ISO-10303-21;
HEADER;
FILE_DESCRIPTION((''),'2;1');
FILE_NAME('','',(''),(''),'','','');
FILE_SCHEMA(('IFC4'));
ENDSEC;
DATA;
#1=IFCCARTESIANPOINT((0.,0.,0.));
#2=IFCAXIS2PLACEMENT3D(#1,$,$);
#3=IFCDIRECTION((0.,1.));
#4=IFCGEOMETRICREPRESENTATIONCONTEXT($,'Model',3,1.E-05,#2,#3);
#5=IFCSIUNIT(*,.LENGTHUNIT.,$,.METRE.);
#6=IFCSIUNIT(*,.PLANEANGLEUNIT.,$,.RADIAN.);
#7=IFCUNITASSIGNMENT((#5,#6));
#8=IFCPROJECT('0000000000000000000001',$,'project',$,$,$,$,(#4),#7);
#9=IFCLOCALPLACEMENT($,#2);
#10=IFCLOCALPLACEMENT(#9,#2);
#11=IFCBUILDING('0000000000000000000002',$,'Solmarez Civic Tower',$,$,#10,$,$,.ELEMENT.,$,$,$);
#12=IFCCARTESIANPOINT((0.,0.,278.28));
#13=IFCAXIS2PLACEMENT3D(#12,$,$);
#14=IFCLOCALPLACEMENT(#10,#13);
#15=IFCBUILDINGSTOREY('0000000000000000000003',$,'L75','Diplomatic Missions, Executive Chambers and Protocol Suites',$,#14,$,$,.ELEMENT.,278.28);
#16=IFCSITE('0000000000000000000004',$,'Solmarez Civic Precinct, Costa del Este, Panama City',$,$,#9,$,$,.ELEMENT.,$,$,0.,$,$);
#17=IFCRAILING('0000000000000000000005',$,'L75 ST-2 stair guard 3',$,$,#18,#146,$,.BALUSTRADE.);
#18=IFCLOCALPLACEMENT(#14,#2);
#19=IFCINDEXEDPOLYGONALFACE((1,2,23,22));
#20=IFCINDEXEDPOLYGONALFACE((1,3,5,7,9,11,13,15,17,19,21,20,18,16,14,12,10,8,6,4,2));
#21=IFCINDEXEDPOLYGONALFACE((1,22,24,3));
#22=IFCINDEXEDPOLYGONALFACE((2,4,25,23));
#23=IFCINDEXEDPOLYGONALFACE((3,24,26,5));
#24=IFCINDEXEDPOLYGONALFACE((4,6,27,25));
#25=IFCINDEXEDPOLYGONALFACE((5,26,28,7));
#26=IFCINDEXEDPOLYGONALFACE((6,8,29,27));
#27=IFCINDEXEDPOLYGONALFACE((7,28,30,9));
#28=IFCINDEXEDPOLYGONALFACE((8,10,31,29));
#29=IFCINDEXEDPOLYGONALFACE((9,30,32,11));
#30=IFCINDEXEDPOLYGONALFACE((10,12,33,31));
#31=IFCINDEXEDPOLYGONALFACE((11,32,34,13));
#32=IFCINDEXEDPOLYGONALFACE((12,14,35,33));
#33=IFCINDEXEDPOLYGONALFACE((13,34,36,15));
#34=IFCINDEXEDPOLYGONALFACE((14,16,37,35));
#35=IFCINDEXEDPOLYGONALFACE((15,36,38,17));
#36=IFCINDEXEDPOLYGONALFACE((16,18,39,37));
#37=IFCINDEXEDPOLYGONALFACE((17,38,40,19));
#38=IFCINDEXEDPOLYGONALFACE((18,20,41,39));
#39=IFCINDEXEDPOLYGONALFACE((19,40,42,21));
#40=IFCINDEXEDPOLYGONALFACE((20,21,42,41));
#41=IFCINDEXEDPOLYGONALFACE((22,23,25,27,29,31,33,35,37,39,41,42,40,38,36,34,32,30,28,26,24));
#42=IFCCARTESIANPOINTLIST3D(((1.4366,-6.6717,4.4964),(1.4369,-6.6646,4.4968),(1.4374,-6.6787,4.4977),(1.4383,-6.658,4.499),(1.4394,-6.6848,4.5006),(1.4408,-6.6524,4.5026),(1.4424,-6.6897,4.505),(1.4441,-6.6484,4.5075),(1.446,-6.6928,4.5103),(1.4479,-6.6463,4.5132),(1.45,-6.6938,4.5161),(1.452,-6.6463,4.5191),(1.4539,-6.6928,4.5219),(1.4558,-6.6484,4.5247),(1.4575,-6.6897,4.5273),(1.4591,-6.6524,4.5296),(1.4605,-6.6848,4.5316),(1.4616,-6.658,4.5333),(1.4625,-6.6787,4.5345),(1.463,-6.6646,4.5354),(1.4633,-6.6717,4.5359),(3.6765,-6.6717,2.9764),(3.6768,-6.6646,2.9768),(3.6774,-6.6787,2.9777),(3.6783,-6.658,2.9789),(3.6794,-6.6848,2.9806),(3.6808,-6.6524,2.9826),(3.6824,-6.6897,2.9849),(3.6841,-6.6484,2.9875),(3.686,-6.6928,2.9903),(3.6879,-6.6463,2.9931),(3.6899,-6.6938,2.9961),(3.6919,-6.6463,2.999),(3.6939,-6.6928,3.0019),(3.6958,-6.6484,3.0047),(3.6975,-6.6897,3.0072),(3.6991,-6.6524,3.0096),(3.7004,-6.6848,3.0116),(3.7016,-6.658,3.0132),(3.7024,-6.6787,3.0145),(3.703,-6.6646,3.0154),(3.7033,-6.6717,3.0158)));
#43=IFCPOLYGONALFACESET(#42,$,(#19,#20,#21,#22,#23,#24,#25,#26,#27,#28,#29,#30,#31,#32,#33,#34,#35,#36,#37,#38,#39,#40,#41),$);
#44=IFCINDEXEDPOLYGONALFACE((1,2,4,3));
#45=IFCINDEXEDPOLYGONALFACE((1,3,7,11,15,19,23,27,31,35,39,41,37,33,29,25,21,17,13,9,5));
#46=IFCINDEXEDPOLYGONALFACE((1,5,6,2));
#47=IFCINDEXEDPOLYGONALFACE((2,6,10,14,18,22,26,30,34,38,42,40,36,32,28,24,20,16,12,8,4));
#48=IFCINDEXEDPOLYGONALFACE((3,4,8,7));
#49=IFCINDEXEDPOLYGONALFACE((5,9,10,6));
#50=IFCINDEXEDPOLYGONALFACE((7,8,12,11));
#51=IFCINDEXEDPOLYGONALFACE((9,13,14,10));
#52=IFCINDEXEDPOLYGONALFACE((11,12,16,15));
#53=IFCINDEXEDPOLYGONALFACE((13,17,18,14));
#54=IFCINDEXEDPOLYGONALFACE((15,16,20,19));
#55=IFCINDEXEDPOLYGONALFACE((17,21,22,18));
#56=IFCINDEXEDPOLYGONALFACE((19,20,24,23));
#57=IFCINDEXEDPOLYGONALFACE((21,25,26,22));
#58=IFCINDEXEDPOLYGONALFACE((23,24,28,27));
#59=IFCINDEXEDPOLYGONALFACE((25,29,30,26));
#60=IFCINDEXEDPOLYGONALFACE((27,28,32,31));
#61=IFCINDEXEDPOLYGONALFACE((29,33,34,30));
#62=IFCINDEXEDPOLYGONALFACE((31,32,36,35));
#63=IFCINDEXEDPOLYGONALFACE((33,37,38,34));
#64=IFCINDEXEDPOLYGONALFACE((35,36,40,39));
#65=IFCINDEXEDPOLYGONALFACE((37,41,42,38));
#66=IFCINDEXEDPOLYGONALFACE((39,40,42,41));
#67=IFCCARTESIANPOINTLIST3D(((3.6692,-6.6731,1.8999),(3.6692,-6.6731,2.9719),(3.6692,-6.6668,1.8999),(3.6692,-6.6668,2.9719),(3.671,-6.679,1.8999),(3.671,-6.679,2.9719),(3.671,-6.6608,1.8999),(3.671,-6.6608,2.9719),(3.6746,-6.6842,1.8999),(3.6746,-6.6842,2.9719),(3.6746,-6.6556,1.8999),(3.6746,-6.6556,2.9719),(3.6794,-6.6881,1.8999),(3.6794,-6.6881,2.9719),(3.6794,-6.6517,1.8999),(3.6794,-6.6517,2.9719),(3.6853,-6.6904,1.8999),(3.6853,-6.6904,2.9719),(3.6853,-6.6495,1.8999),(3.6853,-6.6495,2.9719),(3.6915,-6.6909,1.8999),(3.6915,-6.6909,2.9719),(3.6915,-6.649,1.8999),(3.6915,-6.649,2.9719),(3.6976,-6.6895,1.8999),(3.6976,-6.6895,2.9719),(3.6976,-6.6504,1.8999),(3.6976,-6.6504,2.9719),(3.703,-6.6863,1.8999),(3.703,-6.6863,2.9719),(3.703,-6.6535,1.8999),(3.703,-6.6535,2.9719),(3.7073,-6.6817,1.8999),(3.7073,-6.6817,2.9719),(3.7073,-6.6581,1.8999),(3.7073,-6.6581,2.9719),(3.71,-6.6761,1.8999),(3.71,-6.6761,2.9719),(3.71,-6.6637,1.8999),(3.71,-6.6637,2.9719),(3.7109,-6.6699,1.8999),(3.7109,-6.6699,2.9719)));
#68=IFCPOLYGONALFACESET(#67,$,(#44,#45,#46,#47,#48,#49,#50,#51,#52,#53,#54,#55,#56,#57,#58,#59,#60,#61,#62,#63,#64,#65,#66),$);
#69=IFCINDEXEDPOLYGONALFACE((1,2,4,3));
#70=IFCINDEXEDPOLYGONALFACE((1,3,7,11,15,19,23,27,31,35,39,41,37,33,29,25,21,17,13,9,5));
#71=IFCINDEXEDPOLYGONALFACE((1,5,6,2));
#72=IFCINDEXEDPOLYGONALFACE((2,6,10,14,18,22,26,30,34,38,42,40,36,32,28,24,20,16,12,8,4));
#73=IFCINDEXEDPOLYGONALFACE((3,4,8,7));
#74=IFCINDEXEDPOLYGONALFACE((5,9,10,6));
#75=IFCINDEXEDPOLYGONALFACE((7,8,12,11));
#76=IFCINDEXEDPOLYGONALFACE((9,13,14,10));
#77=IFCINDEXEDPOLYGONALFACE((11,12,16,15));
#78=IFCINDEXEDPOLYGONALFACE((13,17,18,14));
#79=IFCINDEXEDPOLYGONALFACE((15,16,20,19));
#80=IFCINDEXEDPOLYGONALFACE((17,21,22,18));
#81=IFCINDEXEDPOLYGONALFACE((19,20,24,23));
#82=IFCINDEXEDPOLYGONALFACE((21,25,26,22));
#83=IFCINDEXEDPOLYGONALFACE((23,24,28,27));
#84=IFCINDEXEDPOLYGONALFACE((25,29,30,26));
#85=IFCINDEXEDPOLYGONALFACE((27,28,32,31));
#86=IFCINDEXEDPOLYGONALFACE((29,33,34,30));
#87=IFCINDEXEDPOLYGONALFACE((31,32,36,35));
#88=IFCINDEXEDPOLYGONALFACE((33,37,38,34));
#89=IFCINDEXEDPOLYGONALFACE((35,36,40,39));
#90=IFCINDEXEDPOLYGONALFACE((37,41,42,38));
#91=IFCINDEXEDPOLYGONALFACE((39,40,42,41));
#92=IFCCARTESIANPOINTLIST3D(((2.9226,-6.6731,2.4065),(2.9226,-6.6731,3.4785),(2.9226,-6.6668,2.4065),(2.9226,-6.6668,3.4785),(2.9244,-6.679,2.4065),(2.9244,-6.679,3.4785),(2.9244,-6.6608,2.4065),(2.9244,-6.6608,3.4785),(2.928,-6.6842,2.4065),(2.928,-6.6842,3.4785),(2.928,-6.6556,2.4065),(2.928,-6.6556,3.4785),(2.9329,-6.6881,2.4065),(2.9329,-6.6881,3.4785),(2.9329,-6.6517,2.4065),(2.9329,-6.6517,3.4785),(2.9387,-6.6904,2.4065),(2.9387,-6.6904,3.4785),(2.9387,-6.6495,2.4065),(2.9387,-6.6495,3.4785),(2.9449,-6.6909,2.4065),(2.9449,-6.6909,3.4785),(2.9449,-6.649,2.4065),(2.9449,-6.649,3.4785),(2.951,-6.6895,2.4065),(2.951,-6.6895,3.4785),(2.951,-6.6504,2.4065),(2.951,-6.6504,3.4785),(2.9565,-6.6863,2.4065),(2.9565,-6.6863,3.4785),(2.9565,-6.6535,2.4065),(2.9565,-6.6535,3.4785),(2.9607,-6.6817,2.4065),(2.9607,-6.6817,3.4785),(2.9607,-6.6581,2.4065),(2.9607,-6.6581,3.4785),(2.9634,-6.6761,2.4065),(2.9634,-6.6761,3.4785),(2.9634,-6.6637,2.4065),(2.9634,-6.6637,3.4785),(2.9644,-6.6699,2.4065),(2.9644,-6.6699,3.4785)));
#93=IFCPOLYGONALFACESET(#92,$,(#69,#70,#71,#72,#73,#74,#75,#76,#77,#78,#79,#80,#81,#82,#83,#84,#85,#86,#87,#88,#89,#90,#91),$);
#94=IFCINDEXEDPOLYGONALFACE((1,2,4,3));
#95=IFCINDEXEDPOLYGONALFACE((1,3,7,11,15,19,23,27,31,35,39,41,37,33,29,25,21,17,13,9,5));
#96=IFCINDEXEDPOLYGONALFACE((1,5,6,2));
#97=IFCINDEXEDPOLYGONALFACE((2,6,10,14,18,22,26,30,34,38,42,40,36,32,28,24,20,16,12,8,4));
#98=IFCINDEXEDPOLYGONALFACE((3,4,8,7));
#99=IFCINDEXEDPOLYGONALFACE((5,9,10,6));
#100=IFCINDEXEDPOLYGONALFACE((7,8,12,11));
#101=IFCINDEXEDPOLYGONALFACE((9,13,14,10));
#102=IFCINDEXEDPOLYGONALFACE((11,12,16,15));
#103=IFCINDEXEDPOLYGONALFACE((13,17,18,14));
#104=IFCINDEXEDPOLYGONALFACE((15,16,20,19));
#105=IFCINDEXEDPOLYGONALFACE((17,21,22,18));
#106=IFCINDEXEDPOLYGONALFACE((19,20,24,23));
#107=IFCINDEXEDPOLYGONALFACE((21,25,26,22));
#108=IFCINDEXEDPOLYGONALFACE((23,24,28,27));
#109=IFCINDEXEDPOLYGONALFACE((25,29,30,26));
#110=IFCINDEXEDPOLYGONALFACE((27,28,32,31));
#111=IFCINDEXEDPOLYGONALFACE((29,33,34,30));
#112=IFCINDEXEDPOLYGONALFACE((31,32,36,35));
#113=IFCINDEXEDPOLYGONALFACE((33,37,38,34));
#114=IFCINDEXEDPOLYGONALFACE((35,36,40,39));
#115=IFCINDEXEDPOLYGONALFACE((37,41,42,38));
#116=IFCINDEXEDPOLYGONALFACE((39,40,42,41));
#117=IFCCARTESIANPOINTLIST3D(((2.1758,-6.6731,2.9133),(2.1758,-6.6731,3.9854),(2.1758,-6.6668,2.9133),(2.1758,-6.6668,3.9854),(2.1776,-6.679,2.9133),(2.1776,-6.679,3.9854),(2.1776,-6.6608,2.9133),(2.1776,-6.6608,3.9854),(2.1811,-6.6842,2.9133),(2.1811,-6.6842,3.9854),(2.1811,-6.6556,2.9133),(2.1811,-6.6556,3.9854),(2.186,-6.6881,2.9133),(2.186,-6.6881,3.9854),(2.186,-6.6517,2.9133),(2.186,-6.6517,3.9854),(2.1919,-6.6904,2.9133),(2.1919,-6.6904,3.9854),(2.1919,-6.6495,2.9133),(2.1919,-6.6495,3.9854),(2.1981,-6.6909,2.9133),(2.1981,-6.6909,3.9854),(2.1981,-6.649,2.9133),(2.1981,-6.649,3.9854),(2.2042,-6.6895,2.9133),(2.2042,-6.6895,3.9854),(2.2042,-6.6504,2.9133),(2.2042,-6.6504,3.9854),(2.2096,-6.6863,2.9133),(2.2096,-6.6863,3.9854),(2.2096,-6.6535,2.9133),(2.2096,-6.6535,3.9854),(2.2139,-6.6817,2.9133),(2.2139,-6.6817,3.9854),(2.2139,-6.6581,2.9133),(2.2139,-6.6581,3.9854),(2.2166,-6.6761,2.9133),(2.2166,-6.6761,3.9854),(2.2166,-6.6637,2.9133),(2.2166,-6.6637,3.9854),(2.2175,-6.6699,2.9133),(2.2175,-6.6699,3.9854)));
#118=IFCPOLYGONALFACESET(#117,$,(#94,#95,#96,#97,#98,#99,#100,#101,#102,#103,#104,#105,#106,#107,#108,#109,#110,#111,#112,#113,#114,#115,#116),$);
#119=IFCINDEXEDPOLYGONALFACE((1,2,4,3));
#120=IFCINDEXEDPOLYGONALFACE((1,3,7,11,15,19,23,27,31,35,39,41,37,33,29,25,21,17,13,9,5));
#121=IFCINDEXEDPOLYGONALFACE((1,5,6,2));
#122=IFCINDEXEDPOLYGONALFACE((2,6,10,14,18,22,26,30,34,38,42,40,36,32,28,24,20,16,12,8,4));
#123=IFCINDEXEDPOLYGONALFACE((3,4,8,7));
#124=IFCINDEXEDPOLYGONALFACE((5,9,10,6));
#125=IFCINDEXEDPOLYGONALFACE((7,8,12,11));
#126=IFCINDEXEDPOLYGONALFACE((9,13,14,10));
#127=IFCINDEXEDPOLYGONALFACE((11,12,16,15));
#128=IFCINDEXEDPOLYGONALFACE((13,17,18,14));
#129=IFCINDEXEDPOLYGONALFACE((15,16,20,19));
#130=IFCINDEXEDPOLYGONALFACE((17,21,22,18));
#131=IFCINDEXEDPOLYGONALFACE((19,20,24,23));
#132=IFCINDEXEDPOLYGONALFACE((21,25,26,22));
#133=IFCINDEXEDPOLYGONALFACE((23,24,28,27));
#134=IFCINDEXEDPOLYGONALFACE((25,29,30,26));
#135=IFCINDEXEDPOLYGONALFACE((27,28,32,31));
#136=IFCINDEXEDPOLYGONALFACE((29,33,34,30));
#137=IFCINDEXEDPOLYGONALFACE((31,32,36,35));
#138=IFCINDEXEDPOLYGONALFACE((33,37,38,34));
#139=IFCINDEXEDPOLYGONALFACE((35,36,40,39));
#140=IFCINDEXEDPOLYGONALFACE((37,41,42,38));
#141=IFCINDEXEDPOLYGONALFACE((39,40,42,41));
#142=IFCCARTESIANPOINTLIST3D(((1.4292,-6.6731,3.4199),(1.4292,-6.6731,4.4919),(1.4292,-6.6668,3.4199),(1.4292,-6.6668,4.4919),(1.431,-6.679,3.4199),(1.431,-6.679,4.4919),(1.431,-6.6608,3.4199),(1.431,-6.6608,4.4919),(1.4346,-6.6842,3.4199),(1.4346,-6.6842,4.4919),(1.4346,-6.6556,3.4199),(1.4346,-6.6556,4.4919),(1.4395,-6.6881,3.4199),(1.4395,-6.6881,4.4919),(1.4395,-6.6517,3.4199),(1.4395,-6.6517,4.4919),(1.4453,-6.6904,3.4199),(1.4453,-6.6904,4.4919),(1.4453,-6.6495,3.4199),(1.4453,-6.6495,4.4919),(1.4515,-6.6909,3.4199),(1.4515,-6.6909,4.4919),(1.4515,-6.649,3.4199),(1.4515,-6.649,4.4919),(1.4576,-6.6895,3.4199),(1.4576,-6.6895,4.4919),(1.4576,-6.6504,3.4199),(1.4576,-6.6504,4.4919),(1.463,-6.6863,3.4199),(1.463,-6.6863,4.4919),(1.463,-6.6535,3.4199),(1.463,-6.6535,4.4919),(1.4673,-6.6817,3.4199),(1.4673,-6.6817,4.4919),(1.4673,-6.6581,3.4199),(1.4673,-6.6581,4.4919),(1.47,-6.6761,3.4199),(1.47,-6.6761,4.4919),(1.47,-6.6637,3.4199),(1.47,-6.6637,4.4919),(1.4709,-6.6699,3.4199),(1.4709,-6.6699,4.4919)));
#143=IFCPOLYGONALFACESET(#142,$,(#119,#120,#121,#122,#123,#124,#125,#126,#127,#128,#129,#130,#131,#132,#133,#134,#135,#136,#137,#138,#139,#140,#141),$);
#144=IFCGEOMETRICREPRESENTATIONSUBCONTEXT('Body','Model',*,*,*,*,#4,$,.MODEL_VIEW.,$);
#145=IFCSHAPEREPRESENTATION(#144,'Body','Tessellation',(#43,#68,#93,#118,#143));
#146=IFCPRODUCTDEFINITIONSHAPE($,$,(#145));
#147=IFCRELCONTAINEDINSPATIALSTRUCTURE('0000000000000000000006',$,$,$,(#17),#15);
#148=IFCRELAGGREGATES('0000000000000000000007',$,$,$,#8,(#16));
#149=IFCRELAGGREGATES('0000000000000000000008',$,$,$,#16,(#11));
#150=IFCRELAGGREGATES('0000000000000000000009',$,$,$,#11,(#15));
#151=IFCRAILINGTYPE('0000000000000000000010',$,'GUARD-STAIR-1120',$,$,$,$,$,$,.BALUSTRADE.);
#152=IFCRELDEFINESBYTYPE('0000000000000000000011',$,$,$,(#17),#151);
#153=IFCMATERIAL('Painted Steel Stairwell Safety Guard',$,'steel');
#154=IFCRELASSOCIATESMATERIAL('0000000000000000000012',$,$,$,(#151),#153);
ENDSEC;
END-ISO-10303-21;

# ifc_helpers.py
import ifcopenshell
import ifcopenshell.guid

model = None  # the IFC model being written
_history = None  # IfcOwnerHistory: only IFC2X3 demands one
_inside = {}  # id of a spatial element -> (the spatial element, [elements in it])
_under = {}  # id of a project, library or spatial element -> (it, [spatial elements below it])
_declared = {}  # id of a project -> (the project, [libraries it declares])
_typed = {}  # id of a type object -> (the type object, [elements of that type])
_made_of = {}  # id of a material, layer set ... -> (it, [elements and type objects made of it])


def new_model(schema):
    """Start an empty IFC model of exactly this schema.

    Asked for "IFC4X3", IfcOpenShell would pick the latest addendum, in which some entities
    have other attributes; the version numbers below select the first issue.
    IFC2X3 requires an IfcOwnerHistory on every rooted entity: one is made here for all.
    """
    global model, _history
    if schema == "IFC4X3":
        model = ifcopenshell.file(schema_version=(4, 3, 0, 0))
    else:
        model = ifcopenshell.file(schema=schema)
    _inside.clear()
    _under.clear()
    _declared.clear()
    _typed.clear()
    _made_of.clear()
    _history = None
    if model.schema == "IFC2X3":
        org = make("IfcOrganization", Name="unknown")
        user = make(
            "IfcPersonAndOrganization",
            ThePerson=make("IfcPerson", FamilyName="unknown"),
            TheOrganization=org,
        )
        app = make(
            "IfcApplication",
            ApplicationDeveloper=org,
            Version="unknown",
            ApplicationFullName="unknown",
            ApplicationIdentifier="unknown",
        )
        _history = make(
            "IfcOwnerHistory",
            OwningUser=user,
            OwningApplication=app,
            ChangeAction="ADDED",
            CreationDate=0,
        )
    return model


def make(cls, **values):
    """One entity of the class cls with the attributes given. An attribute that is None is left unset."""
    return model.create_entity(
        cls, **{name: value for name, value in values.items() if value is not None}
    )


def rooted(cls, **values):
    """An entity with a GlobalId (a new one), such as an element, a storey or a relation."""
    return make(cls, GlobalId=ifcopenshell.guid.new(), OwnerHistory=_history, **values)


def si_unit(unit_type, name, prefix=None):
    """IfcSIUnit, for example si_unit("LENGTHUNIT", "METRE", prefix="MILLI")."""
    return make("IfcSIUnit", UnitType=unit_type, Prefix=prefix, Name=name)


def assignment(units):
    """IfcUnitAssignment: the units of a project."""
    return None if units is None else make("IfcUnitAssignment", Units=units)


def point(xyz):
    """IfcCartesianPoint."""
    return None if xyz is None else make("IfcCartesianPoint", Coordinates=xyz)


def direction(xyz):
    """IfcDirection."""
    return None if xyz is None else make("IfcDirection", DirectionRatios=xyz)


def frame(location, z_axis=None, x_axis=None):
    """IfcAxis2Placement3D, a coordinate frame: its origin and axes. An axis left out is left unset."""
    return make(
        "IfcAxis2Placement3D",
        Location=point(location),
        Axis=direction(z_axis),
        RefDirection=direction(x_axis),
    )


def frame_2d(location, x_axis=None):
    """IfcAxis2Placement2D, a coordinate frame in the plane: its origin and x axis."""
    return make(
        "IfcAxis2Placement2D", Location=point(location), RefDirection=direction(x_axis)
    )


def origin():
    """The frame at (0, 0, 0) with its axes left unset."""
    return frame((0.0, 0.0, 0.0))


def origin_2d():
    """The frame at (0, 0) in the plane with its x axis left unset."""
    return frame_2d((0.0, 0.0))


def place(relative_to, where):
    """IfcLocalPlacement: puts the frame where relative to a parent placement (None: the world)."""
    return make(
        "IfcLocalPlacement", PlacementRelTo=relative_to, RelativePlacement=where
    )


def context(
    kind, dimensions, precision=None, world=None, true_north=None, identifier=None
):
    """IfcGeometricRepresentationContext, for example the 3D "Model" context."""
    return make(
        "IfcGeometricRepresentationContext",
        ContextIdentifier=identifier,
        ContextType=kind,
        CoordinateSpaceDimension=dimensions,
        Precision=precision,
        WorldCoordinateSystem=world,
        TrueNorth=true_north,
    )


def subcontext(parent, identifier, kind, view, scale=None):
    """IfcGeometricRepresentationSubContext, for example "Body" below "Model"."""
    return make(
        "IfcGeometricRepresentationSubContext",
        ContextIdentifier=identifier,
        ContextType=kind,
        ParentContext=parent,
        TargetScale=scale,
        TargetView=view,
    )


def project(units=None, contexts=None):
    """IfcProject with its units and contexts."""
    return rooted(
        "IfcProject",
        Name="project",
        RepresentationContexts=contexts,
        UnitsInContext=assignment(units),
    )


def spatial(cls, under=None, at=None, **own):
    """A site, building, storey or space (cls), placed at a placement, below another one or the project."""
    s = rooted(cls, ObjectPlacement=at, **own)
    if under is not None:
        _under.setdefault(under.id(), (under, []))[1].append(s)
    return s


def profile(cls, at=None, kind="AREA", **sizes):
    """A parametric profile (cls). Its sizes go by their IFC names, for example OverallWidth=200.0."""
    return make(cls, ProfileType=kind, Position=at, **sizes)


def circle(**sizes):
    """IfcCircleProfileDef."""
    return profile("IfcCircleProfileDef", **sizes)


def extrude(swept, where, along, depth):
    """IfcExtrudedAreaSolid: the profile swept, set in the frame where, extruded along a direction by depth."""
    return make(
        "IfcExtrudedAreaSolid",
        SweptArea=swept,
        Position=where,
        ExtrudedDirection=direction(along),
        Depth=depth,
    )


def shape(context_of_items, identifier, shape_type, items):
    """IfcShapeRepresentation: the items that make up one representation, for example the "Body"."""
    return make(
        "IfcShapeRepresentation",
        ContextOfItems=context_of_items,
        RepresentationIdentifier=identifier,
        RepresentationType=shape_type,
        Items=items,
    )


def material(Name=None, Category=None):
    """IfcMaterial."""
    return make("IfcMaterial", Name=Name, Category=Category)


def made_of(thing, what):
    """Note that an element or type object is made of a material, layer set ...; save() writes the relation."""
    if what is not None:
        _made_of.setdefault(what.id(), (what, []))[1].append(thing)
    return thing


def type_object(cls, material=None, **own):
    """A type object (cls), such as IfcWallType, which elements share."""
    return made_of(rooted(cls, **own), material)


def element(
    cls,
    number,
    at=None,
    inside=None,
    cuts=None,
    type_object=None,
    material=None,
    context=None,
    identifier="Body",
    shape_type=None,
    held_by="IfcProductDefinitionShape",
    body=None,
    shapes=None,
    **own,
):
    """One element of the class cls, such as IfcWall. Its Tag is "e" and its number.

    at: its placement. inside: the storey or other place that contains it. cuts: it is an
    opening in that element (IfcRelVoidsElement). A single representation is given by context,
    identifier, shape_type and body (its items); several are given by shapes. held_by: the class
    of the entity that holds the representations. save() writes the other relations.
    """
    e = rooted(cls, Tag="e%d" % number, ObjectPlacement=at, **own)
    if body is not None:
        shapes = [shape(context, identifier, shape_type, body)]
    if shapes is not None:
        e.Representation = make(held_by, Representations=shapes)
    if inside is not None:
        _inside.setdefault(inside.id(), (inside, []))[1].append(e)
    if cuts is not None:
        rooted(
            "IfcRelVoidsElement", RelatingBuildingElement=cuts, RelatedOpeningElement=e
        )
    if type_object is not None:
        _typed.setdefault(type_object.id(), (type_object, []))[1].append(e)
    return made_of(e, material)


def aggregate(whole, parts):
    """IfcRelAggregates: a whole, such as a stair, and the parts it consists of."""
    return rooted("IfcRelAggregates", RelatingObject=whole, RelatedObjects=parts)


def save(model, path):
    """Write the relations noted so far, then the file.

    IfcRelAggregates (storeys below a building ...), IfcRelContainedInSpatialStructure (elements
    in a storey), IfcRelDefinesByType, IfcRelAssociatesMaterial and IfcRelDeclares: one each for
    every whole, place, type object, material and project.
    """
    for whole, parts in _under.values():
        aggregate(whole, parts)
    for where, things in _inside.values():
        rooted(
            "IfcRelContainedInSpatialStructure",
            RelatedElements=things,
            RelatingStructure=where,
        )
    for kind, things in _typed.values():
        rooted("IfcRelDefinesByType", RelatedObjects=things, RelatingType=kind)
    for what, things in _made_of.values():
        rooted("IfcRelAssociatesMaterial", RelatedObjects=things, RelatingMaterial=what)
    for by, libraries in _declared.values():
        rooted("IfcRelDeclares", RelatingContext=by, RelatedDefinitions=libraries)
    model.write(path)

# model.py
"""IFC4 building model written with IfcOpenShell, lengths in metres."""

from ifc_helpers import new_model, si_unit, direction, frame, origin, origin_2d, place, context, subcontext, project, spatial, circle, extrude, material, type_object, element, save


model = new_model("IFC4")

# Units and contexts
model_context = context("Model", 3, precision=1e-05, world=origin(), true_north=direction((0.0, 1.0)))
body_context = subcontext(model_context, "Body", "Model", "MODEL_VIEW")
ifc_project = project(units=[si_unit("LENGTHUNIT", "METRE"), si_unit("PLANEANGLEUNIT", "RADIAN")], contexts=[model_context])

# Site, building, storey
site_placement = place(None, origin())
site = spatial("IfcSite", under=ifc_project, at=site_placement, Name="Solmarez Civic Precinct, Costa del Este, Panama City", CompositionType="ELEMENT", RefElevation=0.0)
building_placement = place(site_placement, origin())
building = spatial("IfcBuilding", under=site, at=building_placement, Name="Solmarez Civic Tower", CompositionType="ELEMENT")
storey_placement = place(building_placement, frame((0.0, 0.0, 278.28)))
storey = spatial("IfcBuildingStorey", under=building, at=storey_placement, Name="L75", Description="Diplomatic Missions, Executive Chambers and Protocol Suites", CompositionType="ELEMENT", Elevation=278.28)

# Railing
ifc_material_1 = material(Name="Painted Steel Stairwell Safety Guard", Category="steel")
railing_type_1 = type_object("IfcRailingType", Name="GUARD-STAIR-1120", PredefinedType="BALUSTRADE", material=ifc_material_1)
railing_1_placement = place(storey_placement, frame((3.6899, -6.6699, 1.8999)))
element("IfcRailing", 1, at=railing_1_placement, inside=storey, type_object=railing_type_1, Name="L75 ST-2 stair guard 3", PredefinedType="BALUSTRADE", context=body_context, shape_type="SweptSolid", body=[
    extrude(circle(Radius=0.0239, at=origin_2d()), frame((0.0, 0.0, 1.0962), z_axis=(-0.827471, 0.0, 0.561508), x_axis=(0.0, -1.0, 0.0)), (0.0, 0.0, 1.0), 2.707),
    extrude(circle(Radius=0.021, at=origin_2d()), origin(), (0.0, 0.0, 1.0), 1.072),
    extrude(circle(Radius=0.021, at=origin_2d()), frame((-0.7466, 0.0, 0.5066)), (0.0, 0.0, 1.0), 1.072),
    extrude(circle(Radius=0.021, at=origin_2d()), frame((-1.4934, 0.0, 1.0134)), (0.0, 0.0, 1.0), 1.072),
    extrude(circle(Radius=0.021, at=origin_2d()), frame((-2.24, 0.0, 1.52)), (0.0, 0.0, 1.0), 1.072),
])

save(model, "model.ifc")
